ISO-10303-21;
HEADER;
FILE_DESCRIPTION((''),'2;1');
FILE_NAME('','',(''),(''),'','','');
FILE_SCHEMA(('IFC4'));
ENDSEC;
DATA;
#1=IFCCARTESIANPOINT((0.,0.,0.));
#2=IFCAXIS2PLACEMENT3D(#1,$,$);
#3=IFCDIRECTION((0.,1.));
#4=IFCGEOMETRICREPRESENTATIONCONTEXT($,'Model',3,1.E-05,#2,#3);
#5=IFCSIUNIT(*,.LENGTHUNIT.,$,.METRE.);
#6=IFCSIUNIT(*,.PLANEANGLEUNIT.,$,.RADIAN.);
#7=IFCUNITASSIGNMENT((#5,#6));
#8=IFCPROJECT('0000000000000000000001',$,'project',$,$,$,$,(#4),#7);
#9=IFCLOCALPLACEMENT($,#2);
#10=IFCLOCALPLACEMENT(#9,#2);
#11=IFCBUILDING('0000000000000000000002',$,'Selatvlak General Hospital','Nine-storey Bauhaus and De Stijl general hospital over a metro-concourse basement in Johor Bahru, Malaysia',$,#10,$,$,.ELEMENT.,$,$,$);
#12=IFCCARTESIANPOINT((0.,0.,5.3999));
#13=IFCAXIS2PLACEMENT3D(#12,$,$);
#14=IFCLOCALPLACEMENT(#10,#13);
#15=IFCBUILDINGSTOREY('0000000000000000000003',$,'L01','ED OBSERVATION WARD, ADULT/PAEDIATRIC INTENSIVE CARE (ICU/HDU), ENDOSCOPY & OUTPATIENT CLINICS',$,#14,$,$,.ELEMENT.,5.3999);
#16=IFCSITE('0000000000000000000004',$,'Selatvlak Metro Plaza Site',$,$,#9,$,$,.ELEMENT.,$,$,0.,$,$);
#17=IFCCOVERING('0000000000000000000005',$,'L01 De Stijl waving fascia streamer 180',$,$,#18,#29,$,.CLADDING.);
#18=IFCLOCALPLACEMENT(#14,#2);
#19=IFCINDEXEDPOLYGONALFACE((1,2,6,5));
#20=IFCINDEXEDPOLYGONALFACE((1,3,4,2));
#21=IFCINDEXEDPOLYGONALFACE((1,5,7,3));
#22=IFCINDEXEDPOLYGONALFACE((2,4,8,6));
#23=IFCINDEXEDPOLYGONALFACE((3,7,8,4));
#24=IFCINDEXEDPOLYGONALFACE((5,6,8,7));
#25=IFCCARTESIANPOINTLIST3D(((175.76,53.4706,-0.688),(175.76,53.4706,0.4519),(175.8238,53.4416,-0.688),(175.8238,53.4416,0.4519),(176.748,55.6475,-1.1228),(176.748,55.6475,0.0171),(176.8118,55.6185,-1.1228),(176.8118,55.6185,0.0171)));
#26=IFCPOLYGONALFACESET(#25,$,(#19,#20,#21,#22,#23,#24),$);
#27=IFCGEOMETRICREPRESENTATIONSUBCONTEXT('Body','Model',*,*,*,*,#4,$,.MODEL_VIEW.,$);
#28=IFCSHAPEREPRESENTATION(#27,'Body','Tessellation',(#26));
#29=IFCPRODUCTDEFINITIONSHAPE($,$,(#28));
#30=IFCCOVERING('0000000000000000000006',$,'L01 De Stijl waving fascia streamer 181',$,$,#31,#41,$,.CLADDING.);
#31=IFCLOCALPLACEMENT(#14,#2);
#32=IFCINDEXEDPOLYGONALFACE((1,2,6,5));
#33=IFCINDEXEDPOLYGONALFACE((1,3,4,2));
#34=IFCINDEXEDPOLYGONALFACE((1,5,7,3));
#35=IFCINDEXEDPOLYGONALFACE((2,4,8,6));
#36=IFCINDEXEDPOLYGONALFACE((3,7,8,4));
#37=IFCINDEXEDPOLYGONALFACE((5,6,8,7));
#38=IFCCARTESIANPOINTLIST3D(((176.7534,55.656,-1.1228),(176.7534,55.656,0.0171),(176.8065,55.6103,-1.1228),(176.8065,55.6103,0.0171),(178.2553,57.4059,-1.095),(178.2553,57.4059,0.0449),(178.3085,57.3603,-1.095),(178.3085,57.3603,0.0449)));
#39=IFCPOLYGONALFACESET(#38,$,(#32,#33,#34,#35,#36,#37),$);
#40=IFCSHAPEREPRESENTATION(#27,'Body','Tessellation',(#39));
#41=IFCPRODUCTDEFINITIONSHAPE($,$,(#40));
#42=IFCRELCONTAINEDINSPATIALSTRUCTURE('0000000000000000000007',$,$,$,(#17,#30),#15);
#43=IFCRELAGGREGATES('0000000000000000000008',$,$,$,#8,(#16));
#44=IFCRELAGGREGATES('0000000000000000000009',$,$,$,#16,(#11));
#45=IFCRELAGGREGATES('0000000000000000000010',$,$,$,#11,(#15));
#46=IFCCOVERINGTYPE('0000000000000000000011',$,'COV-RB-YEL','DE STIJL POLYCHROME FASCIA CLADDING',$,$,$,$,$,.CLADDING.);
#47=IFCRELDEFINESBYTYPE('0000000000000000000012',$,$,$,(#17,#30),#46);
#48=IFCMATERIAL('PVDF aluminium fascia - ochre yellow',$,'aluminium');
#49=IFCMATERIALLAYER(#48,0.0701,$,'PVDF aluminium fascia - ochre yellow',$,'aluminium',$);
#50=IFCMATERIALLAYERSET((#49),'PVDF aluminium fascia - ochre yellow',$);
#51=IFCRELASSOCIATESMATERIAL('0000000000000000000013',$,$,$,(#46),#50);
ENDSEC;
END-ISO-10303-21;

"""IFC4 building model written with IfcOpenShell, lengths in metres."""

from ifc_helpers import new_model, si_unit, direction, frame, origin, place, context, subcontext, project, spatial, polyline, outline, extrude, material, layer, layer_set, type_object, element, save


model = new_model("IFC4")

# Units and contexts
model_context = context("Model", 3, precision=1e-05, world=origin(), true_north=direction((0.0, 1.0)))
body_context = subcontext(model_context, "Body", "Model", "MODEL_VIEW")
ifc_project = project(units=[si_unit("LENGTHUNIT", "METRE"), si_unit("PLANEANGLEUNIT", "RADIAN")], contexts=[model_context])

# Site, building, storey
site_placement = place(None, origin())
site = spatial("IfcSite", under=ifc_project, at=site_placement, Name="Selatvlak Metro Plaza Site", CompositionType="ELEMENT", RefElevation=0.0)
building_placement = place(site_placement, origin())
building = spatial("IfcBuilding", under=site, at=building_placement, Name="Selatvlak General Hospital", Description="Nine-storey Bauhaus and De Stijl general hospital over a metro-concourse basement in Johor Bahru, Malaysia", CompositionType="ELEMENT")
storey_placement = place(building_placement, frame((0.0, 0.0, 5.3999)))
storey = spatial("IfcBuildingStorey", under=building, at=storey_placement, Name="L01", Description="ED OBSERVATION WARD, ADULT/PAEDIATRIC INTENSIVE CARE (ICU/HDU), ENDOSCOPY & OUTPATIENT CLINICS", CompositionType="ELEMENT", Elevation=5.3999)

# Coverings
ifc_material_1 = material(Name="PVDF aluminium fascia - ochre yellow", Category="aluminium")
ifc_layer_1 = layer(ifc_material_1, 0.0701, Name="PVDF aluminium fascia - ochre yellow", Category="aluminium")
ifc_layer_set_1 = layer_set([ifc_layer_1], Name="PVDF aluminium fascia - ochre yellow")
covering_type = type_object("IfcCoveringType", Name="COV-RB-YEL", Description="DE STIJL POLYCHROME FASCIA CLADDING", PredefinedType="CLADDING", material=ifc_layer_set_1)
covering_1_placement = place(storey_placement, frame((175.792, 53.4561, -0.688), z_axis=(0.0, 0.0, 1.0), x_axis=(0.41328, 0.910604, 0.0)))
element("IfcCovering", 1, at=covering_1_placement, inside=storey, type_object=covering_type, Name="L01 De Stijl waving fascia streamer 180", PredefinedType="CLADDING", context=body_context, shape_type="SweptSolid", body=[
    extrude(outline(polyline([(0.0, 0.0), (2.3906, -0.4348), (2.3906, 0.7051), (0.0, 1.1399), (0.0, 0.0)])), frame((0.0, 0.0352, 0.0), z_axis=(0.0, -1.0, 0.0), x_axis=(1.0, 0.0, 0.0)), (0.0, 0.0, 1.0), 0.0701),
])
covering_2_placement = place(storey_placement, frame((176.78, 55.6331, -1.1228), z_axis=(0.0, 0.0, 1.0), x_axis=(0.651279, 0.758838, 0.0)))
element("IfcCovering", 2, at=covering_2_placement, inside=storey, type_object=covering_type, Name="L01 De Stijl waving fascia streamer 181", PredefinedType="CLADDING", context=body_context, shape_type="SweptSolid", body=[
    extrude(outline(polyline([(0.0, 0.0), (2.3062, 0.0278), (2.3062, 1.1677), (0.0, 1.1399), (0.0, 0.0)])), frame((0.0, 0.0352, 0.0), z_axis=(0.0, -1.0, 0.0), x_axis=(1.0, 0.0, 0.0)), (0.0, 0.0, 1.0), 0.0701),
])

save(model, "model.ifc")
